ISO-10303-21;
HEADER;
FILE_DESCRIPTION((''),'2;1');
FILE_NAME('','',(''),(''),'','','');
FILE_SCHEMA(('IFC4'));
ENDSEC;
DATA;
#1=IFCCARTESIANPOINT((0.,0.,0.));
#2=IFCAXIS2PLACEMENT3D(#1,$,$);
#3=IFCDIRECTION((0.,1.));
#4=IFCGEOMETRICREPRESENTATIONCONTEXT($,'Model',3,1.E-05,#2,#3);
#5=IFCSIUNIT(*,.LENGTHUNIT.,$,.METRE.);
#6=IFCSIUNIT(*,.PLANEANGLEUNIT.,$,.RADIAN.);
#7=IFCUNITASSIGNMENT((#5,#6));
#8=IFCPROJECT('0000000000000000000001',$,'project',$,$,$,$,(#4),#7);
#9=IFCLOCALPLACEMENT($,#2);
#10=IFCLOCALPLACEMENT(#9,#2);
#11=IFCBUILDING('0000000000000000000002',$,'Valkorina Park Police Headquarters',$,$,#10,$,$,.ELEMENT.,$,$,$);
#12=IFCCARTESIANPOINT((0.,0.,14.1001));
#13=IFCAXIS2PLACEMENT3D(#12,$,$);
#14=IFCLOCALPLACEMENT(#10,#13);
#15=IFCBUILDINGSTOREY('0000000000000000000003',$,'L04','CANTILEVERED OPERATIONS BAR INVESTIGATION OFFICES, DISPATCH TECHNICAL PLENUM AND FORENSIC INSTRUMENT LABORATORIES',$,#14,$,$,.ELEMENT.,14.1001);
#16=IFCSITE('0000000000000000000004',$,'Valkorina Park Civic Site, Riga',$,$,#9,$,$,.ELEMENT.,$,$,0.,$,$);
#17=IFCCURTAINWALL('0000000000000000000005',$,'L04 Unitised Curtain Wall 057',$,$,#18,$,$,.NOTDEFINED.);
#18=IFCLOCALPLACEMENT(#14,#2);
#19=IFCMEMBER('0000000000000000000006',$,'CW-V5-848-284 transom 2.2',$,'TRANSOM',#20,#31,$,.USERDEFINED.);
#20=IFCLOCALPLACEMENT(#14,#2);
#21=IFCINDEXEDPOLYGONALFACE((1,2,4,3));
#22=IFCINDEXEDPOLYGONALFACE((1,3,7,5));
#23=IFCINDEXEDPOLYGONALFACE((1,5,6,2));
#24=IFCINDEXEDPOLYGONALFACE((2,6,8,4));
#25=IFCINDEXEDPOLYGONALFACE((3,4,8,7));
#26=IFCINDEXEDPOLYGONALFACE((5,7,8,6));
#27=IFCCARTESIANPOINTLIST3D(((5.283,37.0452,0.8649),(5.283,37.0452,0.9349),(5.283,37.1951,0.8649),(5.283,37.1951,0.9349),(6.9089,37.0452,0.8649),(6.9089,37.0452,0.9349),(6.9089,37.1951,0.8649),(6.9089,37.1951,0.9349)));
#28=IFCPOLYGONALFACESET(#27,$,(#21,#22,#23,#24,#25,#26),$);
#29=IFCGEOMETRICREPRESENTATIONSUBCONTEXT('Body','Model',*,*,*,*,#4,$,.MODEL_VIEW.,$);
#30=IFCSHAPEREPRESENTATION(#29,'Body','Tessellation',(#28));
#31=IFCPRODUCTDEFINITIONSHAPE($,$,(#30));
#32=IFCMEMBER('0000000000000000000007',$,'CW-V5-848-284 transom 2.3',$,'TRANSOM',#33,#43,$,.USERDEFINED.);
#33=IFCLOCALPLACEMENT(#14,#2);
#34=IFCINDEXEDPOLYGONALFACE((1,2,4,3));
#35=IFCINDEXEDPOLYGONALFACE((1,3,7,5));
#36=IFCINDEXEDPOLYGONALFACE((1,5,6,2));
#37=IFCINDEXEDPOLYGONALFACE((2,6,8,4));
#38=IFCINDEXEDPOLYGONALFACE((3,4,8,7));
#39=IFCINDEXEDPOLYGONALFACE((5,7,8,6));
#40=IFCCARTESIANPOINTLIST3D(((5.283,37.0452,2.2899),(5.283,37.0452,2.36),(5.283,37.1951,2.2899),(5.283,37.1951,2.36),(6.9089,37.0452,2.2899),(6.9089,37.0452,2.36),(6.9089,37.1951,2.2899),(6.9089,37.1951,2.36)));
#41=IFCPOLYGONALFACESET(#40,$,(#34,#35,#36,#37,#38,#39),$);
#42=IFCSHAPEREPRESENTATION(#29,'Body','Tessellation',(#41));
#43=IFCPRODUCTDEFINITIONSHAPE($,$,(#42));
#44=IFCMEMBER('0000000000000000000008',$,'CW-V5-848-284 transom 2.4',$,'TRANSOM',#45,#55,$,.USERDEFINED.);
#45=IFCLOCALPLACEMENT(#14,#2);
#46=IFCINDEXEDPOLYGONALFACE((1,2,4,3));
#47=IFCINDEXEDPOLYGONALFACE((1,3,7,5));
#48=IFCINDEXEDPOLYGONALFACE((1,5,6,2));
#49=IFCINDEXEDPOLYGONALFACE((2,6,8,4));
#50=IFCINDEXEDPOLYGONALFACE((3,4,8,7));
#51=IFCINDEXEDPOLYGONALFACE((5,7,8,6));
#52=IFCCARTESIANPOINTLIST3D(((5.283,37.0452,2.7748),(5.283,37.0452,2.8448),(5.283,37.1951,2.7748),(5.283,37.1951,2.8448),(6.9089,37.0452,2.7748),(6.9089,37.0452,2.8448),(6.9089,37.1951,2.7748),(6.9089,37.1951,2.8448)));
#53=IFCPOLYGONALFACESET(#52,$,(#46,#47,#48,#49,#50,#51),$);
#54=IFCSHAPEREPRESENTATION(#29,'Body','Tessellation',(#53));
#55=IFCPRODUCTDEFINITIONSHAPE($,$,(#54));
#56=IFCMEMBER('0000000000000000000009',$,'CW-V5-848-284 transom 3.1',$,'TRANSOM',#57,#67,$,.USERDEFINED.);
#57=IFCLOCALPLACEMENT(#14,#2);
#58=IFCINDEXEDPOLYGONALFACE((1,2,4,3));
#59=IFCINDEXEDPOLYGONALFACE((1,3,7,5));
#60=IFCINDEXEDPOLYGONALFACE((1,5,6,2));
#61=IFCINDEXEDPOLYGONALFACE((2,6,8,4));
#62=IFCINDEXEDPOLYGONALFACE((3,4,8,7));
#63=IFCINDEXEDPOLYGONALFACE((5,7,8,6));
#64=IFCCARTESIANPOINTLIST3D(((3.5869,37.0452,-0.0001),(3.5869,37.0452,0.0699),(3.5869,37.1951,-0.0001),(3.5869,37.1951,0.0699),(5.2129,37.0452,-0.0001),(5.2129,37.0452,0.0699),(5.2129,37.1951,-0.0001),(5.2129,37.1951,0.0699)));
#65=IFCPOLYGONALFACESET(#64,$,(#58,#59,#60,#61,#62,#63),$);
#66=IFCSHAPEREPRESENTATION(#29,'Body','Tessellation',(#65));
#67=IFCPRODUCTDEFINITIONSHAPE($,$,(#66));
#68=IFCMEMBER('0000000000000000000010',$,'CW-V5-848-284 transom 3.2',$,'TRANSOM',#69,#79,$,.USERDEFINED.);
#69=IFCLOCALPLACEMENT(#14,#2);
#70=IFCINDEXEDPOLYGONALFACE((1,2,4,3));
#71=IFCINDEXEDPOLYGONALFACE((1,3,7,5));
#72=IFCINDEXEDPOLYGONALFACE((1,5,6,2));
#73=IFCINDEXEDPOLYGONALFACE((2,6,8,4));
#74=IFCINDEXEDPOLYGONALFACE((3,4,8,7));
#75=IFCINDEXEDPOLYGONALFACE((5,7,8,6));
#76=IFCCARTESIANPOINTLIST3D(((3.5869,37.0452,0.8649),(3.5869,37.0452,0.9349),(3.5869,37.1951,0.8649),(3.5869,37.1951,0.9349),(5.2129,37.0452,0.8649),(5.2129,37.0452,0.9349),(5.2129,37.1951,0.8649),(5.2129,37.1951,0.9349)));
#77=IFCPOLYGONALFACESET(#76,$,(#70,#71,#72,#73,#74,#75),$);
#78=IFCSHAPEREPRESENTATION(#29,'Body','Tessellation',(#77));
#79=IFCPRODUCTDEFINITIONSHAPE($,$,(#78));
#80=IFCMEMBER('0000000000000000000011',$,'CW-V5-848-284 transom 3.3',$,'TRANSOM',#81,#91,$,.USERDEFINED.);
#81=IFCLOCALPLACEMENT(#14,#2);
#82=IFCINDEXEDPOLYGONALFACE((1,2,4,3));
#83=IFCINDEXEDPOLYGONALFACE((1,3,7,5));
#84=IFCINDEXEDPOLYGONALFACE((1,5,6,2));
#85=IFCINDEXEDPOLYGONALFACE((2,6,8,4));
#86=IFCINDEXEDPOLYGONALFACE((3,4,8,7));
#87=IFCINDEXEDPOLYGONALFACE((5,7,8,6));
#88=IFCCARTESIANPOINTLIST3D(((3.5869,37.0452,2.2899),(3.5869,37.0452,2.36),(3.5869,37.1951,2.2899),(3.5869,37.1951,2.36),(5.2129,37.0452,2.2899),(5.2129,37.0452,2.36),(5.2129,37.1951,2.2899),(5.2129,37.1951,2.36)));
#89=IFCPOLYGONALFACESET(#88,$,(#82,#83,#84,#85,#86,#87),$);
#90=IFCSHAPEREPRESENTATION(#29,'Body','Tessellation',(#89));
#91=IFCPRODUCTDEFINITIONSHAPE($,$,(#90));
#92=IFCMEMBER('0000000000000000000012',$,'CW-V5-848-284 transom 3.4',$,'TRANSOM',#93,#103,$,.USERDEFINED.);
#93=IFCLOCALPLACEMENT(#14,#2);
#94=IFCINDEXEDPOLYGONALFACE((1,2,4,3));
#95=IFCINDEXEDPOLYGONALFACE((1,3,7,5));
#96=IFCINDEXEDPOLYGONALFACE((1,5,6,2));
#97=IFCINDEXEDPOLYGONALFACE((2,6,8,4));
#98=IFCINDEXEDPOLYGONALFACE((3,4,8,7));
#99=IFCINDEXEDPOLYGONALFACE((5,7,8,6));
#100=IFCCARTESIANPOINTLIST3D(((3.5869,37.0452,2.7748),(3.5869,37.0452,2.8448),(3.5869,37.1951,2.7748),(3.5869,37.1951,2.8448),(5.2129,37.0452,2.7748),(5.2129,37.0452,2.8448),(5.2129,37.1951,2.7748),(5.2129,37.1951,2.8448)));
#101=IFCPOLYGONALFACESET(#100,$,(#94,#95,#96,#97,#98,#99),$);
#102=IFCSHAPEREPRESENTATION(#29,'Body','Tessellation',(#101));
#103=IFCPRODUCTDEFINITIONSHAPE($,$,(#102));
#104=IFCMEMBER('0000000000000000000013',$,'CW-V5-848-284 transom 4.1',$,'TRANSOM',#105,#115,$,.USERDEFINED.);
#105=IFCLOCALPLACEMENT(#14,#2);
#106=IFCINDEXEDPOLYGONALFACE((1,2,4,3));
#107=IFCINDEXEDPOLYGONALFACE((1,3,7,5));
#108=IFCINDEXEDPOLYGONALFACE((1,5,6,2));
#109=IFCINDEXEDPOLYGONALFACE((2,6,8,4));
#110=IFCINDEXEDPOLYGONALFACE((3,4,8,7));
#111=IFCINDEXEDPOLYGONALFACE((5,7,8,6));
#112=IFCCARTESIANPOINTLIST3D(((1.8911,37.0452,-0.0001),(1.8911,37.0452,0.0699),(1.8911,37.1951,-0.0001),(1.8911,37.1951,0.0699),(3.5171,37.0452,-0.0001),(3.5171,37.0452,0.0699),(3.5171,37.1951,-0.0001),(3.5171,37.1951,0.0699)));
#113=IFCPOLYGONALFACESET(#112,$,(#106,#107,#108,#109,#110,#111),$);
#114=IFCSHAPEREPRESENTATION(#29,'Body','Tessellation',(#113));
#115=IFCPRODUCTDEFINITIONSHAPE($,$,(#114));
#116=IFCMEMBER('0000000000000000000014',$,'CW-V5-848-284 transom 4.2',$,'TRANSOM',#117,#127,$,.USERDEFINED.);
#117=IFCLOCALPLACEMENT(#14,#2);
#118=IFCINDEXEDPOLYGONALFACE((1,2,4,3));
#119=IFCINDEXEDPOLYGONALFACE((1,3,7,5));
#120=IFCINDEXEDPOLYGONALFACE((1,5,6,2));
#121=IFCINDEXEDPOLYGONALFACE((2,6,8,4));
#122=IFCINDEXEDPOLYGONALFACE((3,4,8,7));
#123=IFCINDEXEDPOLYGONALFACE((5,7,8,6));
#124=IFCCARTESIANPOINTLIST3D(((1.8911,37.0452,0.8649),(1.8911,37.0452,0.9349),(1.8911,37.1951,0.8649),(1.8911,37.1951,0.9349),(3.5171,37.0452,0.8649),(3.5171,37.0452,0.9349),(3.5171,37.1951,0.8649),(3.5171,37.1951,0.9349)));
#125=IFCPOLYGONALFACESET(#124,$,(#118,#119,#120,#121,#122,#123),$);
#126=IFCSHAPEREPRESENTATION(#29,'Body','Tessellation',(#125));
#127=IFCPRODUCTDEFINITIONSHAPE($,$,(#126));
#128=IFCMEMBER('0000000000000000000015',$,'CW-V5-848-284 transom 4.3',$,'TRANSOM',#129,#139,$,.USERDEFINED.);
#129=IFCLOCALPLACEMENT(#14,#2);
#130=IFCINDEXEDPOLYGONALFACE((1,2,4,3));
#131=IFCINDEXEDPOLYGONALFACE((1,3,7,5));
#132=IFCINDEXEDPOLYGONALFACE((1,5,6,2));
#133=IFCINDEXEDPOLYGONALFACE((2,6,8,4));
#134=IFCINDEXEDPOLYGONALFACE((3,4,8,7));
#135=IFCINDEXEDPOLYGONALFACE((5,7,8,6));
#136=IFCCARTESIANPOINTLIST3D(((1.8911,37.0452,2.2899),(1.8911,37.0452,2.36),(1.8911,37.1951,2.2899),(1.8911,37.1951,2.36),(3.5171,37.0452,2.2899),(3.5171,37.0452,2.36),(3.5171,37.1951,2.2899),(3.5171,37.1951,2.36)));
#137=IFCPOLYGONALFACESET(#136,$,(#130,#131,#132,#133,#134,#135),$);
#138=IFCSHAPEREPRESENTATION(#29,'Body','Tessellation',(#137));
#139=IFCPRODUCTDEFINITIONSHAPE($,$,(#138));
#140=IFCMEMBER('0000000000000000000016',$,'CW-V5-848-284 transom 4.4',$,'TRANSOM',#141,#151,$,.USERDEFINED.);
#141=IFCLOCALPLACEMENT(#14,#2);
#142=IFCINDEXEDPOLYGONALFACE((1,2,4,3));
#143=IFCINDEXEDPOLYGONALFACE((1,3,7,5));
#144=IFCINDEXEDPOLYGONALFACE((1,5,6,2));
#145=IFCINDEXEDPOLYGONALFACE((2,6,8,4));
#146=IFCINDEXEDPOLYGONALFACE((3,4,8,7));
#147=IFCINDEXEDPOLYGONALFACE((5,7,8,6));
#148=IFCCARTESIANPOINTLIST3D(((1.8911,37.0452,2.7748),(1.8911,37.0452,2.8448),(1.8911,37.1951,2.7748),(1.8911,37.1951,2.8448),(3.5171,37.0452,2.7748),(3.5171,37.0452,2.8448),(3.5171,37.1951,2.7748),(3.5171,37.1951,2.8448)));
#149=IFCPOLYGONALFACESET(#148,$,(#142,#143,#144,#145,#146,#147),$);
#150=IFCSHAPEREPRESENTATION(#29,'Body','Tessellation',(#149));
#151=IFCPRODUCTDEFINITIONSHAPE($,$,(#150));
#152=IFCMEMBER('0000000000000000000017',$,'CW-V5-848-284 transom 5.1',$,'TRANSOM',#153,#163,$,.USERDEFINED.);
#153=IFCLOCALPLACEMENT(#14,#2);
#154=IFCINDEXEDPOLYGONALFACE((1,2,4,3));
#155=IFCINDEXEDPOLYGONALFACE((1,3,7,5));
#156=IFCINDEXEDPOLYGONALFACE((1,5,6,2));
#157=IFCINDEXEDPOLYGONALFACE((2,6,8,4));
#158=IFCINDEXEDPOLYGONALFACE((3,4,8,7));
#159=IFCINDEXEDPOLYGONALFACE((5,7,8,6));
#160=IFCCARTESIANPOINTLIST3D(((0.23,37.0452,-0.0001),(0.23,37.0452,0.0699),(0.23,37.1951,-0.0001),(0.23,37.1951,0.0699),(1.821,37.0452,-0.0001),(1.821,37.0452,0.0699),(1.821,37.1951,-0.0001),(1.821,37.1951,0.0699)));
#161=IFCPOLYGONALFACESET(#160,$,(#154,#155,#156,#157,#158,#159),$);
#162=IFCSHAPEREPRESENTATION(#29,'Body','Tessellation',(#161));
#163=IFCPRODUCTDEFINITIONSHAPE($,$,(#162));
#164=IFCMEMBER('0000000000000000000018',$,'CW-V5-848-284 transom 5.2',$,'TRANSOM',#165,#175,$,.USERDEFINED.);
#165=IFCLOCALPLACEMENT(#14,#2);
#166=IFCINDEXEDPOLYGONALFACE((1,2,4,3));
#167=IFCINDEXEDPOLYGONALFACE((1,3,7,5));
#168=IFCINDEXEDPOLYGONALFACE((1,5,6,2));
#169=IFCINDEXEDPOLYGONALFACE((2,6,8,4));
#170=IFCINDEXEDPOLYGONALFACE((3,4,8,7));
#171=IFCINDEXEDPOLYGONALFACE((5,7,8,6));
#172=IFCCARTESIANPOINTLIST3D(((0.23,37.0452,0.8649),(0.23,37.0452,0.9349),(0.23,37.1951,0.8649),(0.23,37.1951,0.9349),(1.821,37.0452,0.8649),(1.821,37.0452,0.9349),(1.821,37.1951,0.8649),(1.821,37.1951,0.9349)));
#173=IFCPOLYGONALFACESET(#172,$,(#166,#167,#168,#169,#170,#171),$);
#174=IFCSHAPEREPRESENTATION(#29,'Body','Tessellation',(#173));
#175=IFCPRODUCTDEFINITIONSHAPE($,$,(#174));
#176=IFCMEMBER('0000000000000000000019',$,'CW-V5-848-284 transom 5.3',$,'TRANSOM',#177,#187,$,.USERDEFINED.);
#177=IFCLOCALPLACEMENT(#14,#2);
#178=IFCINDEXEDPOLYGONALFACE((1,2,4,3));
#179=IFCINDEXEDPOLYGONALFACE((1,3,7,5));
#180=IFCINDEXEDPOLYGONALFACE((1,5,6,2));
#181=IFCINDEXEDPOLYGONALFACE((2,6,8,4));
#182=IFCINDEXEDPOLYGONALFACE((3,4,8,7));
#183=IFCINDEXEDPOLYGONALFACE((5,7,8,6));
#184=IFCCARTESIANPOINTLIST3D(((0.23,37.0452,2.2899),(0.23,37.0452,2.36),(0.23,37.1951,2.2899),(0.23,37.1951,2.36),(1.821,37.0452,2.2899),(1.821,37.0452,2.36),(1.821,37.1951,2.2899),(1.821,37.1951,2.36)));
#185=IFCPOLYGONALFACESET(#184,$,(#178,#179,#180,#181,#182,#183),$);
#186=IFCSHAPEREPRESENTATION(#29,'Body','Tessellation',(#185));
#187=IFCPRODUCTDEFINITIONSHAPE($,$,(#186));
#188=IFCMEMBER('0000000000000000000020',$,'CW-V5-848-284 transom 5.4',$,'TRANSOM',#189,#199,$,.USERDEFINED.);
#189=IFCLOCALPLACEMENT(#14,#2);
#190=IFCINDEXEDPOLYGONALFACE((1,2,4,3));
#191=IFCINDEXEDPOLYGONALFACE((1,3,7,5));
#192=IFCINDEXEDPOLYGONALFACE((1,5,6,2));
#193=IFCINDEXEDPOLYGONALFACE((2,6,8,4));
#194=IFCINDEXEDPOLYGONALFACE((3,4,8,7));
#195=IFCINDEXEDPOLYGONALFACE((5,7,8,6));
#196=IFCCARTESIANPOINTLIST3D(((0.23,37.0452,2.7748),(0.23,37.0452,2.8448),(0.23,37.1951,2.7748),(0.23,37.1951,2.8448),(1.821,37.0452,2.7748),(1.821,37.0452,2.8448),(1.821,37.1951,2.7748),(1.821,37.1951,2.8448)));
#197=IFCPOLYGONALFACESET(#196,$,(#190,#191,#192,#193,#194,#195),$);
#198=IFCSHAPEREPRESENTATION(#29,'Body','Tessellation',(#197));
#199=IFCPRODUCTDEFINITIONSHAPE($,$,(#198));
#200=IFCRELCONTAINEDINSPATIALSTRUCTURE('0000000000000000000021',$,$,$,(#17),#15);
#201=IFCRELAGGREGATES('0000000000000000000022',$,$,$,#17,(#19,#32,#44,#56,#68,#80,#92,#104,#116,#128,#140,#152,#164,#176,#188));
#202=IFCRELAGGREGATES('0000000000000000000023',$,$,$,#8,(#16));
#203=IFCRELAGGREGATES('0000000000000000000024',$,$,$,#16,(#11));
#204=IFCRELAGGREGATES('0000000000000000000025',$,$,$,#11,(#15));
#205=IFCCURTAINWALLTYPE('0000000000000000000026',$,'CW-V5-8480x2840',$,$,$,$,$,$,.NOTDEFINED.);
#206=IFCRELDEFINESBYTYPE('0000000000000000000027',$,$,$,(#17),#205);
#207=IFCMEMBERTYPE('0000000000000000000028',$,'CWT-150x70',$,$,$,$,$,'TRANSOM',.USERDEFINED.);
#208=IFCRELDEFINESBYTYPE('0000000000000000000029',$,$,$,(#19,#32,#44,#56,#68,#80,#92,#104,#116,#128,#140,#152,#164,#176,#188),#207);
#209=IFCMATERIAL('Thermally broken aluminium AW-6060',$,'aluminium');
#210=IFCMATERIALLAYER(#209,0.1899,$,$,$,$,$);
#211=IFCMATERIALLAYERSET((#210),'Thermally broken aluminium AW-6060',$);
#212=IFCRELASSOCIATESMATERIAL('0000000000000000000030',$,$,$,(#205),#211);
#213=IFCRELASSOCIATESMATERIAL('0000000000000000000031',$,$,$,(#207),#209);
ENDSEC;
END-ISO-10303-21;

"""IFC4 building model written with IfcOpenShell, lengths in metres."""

from ifc_helpers import new_model, si_unit, direction, frame, origin, origin_2d, place, context, subcontext, project, spatial, rectangle, extrude, material, layer, layer_set, material_profile, profile_set, type_object, element, aggregate, save


model = new_model("IFC4")

# Units and contexts
model_context = context("Model", 3, precision=1e-05, world=origin(), true_north=direction((0.0, 1.0)))
body_context = subcontext(model_context, "Body", "Model", "MODEL_VIEW")
ifc_project = project(units=[si_unit("LENGTHUNIT", "METRE"), si_unit("PLANEANGLEUNIT", "RADIAN")], contexts=[model_context])

# Site, building, storey
site_placement = place(None, origin())
site = spatial("IfcSite", under=ifc_project, at=site_placement, Name="Valkorina Park Civic Site, Riga", CompositionType="ELEMENT", RefElevation=0.0)
building_placement = place(site_placement, origin())
building = spatial("IfcBuilding", under=site, at=building_placement, Name="Valkorina Park Police Headquarters", CompositionType="ELEMENT")
storey_placement = place(building_placement, frame((0.0, 0.0, 14.1001)))
storey = spatial("IfcBuildingStorey", under=building, at=storey_placement, Name="L04", Description="CANTILEVERED OPERATIONS BAR INVESTIGATION OFFICES, DISPATCH TECHNICAL PLENUM AND FORENSIC INSTRUMENT LABORATORIES", CompositionType="ELEMENT", Elevation=14.1001)

# Curtain wall, members
ifc_material_1 = material(Name="Thermally broken aluminium AW-6060", Category="aluminium")
ifc_layer_1 = layer(ifc_material_1, 0.1899)
ifc_layer_set_1 = layer_set([ifc_layer_1], Name="Thermally broken aluminium AW-6060")
curtain_wall_type = type_object("IfcCurtainWallType", Name="CW-V5-8480x2840", PredefinedType="NOTDEFINED", material=ifc_layer_set_1)
curtain_wall_placement = place(storey_placement, origin())
curtain_wall = element("IfcCurtainWall", 1, at=curtain_wall_placement, inside=storey, type_object=curtain_wall_type, Name="L04 Unitised Curtain Wall 057", PredefinedType="NOTDEFINED")
ifc_material_profile_1 = material_profile(ifc_material_1, rectangle(XDim=0.1499, YDim=0.0701, at=origin_2d()), Name="CWT-02 150x70")
ifc_profile_set_1 = profile_set([ifc_material_profile_1], Name="Thermally broken aluminium AW-6060")
member_type_1 = type_object("IfcMemberType", Name="CWT-150x70", ElementType="TRANSOM", PredefinedType="USERDEFINED", material=ifc_profile_set_1)
member_1_placement = place(storey_placement, frame((6.9089, 37.1201, 0.8999), z_axis=(-1.0, 0.0, 0.0), x_axis=(0.0, -1.0, 0.0)))
member_1 = element("IfcMember", 2, at=member_1_placement, type_object=member_type_1, Name="CW-V5-848-284 transom 2.2", ObjectType="TRANSOM", PredefinedType="USERDEFINED", context=body_context, shape_type="SweptSolid", body=[
    extrude(rectangle(XDim=0.1499, YDim=0.0701, at=origin_2d()), origin(), (0.0, 0.0, 1.0), 1.626),
])
member_2_placement = place(storey_placement, frame((6.9089, 37.1201, 2.325), z_axis=(-1.0, 0.0, 0.0), x_axis=(0.0, -1.0, 0.0)))
member_2 = element("IfcMember", 3, at=member_2_placement, type_object=member_type_1, Name="CW-V5-848-284 transom 2.3", ObjectType="TRANSOM", PredefinedType="USERDEFINED", context=body_context, shape_type="SweptSolid", body=[
    extrude(rectangle(XDim=0.1499, YDim=0.0701, at=origin_2d()), origin(), (0.0, 0.0, 1.0), 1.626),
])
member_3_placement = place(storey_placement, frame((6.9089, 37.1201, 2.8098), z_axis=(-1.0, 0.0, 0.0), x_axis=(0.0, -1.0, 0.0)))
member_3 = element("IfcMember", 4, at=member_3_placement, type_object=member_type_1, Name="CW-V5-848-284 transom 2.4", ObjectType="TRANSOM", PredefinedType="USERDEFINED", context=body_context, shape_type="SweptSolid", body=[
    extrude(rectangle(XDim=0.1499, YDim=0.0701, at=origin_2d()), origin(), (0.0, 0.0, 1.0), 1.626),
])
member_4_placement = place(storey_placement, frame((5.2129, 37.1201, 0.0349), z_axis=(-1.0, 0.0, 0.0), x_axis=(0.0, -1.0, 0.0)))
member_4 = element("IfcMember", 5, at=member_4_placement, type_object=member_type_1, Name="CW-V5-848-284 transom 3.1", ObjectType="TRANSOM", PredefinedType="USERDEFINED", context=body_context, shape_type="SweptSolid", body=[
    extrude(rectangle(XDim=0.1499, YDim=0.0701, at=origin_2d()), origin(), (0.0, 0.0, 1.0), 1.626),
])
member_5_placement = place(storey_placement, frame((5.2129, 37.1201, 0.8999), z_axis=(-1.0, 0.0, 0.0), x_axis=(0.0, -1.0, 0.0)))
member_5 = element("IfcMember", 6, at=member_5_placement, type_object=member_type_1, Name="CW-V5-848-284 transom 3.2", ObjectType="TRANSOM", PredefinedType="USERDEFINED", context=body_context, shape_type="SweptSolid", body=[
    extrude(rectangle(XDim=0.1499, YDim=0.0701, at=origin_2d()), origin(), (0.0, 0.0, 1.0), 1.626),
])
member_6_placement = place(storey_placement, frame((5.2129, 37.1201, 2.325), z_axis=(-1.0, 0.0, 0.0), x_axis=(0.0, -1.0, 0.0)))
member_6 = element("IfcMember", 7, at=member_6_placement, type_object=member_type_1, Name="CW-V5-848-284 transom 3.3", ObjectType="TRANSOM", PredefinedType="USERDEFINED", context=body_context, shape_type="SweptSolid", body=[
    extrude(rectangle(XDim=0.1499, YDim=0.0701, at=origin_2d()), origin(), (0.0, 0.0, 1.0), 1.626),
])
member_7_placement = place(storey_placement, frame((5.2129, 37.1201, 2.8098), z_axis=(-1.0, 0.0, 0.0), x_axis=(0.0, -1.0, 0.0)))
member_7 = element("IfcMember", 8, at=member_7_placement, type_object=member_type_1, Name="CW-V5-848-284 transom 3.4", ObjectType="TRANSOM", PredefinedType="USERDEFINED", context=body_context, shape_type="SweptSolid", body=[
    extrude(rectangle(XDim=0.1499, YDim=0.0701, at=origin_2d()), origin(), (0.0, 0.0, 1.0), 1.626),
])
member_8_placement = place(storey_placement, frame((3.5171, 37.1201, 0.0349), z_axis=(-1.0, 0.0, 0.0), x_axis=(0.0, -1.0, 0.0)))
member_8 = element("IfcMember", 9, at=member_8_placement, type_object=member_type_1, Name="CW-V5-848-284 transom 4.1", ObjectType="TRANSOM", PredefinedType="USERDEFINED", context=body_context, shape_type="SweptSolid", body=[
    extrude(rectangle(XDim=0.1499, YDim=0.0701, at=origin_2d()), origin(), (0.0, 0.0, 1.0), 1.626),
])
member_9_placement = place(storey_placement, frame((3.5171, 37.1201, 0.8999), z_axis=(-1.0, 0.0, 0.0), x_axis=(0.0, -1.0, 0.0)))
member_9 = element("IfcMember", 10, at=member_9_placement, type_object=member_type_1, Name="CW-V5-848-284 transom 4.2", ObjectType="TRANSOM", PredefinedType="USERDEFINED", context=body_context, shape_type="SweptSolid", body=[
    extrude(rectangle(XDim=0.1499, YDim=0.0701, at=origin_2d()), origin(), (0.0, 0.0, 1.0), 1.626),
])
member_10_placement = place(storey_placement, frame((3.5171, 37.1201, 2.325), z_axis=(-1.0, 0.0, 0.0), x_axis=(0.0, -1.0, 0.0)))
member_10 = element("IfcMember", 11, at=member_10_placement, type_object=member_type_1, Name="CW-V5-848-284 transom 4.3", ObjectType="TRANSOM", PredefinedType="USERDEFINED", context=body_context, shape_type="SweptSolid", body=[
    extrude(rectangle(XDim=0.1499, YDim=0.0701, at=origin_2d()), origin(), (0.0, 0.0, 1.0), 1.626),
])
member_11_placement = place(storey_placement, frame((3.5171, 37.1201, 2.8098), z_axis=(-1.0, 0.0, 0.0), x_axis=(0.0, -1.0, 0.0)))
member_11 = element("IfcMember", 12, at=member_11_placement, type_object=member_type_1, Name="CW-V5-848-284 transom 4.4", ObjectType="TRANSOM", PredefinedType="USERDEFINED", context=body_context, shape_type="SweptSolid", body=[
    extrude(rectangle(XDim=0.1499, YDim=0.0701, at=origin_2d()), origin(), (0.0, 0.0, 1.0), 1.626),
])
member_12_placement = place(storey_placement, frame((1.821, 37.1201, 0.0349), z_axis=(-1.0, 0.0, 0.0), x_axis=(0.0, -1.0, 0.0)))
member_12 = element("IfcMember", 13, at=member_12_placement, type_object=member_type_1, Name="CW-V5-848-284 transom 5.1", ObjectType="TRANSOM", PredefinedType="USERDEFINED", context=body_context, shape_type="SweptSolid", body=[
    extrude(rectangle(XDim=0.1499, YDim=0.0701, at=origin_2d()), origin(), (0.0, 0.0, 1.0), 1.5911),
])
member_13_placement = place(storey_placement, frame((1.821, 37.1201, 0.8999), z_axis=(-1.0, 0.0, 0.0), x_axis=(0.0, -1.0, 0.0)))
member_13 = element("IfcMember", 14, at=member_13_placement, type_object=member_type_1, Name="CW-V5-848-284 transom 5.2", ObjectType="TRANSOM", PredefinedType="USERDEFINED", context=body_context, shape_type="SweptSolid", body=[
    extrude(rectangle(XDim=0.1499, YDim=0.0701, at=origin_2d()), origin(), (0.0, 0.0, 1.0), 1.5911),
])
member_14_placement = place(storey_placement, frame((1.821, 37.1201, 2.325), z_axis=(-1.0, 0.0, 0.0), x_axis=(0.0, -1.0, 0.0)))
member_14 = element("IfcMember", 15, at=member_14_placement, type_object=member_type_1, Name="CW-V5-848-284 transom 5.3", ObjectType="TRANSOM", PredefinedType="USERDEFINED", context=body_context, shape_type="SweptSolid", body=[
    extrude(rectangle(XDim=0.1499, YDim=0.0701, at=origin_2d()), origin(), (0.0, 0.0, 1.0), 1.5911),
])
member_15_placement = place(storey_placement, frame((1.821, 37.1201, 2.8098), z_axis=(-1.0, 0.0, 0.0), x_axis=(0.0, -1.0, 0.0)))
member_15 = element("IfcMember", 16, at=member_15_placement, type_object=member_type_1, Name="CW-V5-848-284 transom 5.4", ObjectType="TRANSOM", PredefinedType="USERDEFINED", context=body_context, shape_type="SweptSolid", body=[
    extrude(rectangle(XDim=0.1499, YDim=0.0701, at=origin_2d()), origin(), (0.0, 0.0, 1.0), 1.5911),
])
aggregate(curtain_wall, [member_1, member_2, member_3, member_4, member_5, member_6, member_7, member_8, member_9, member_10, member_11, member_12, member_13, member_14, member_15])

save(model, "model.ifc")
